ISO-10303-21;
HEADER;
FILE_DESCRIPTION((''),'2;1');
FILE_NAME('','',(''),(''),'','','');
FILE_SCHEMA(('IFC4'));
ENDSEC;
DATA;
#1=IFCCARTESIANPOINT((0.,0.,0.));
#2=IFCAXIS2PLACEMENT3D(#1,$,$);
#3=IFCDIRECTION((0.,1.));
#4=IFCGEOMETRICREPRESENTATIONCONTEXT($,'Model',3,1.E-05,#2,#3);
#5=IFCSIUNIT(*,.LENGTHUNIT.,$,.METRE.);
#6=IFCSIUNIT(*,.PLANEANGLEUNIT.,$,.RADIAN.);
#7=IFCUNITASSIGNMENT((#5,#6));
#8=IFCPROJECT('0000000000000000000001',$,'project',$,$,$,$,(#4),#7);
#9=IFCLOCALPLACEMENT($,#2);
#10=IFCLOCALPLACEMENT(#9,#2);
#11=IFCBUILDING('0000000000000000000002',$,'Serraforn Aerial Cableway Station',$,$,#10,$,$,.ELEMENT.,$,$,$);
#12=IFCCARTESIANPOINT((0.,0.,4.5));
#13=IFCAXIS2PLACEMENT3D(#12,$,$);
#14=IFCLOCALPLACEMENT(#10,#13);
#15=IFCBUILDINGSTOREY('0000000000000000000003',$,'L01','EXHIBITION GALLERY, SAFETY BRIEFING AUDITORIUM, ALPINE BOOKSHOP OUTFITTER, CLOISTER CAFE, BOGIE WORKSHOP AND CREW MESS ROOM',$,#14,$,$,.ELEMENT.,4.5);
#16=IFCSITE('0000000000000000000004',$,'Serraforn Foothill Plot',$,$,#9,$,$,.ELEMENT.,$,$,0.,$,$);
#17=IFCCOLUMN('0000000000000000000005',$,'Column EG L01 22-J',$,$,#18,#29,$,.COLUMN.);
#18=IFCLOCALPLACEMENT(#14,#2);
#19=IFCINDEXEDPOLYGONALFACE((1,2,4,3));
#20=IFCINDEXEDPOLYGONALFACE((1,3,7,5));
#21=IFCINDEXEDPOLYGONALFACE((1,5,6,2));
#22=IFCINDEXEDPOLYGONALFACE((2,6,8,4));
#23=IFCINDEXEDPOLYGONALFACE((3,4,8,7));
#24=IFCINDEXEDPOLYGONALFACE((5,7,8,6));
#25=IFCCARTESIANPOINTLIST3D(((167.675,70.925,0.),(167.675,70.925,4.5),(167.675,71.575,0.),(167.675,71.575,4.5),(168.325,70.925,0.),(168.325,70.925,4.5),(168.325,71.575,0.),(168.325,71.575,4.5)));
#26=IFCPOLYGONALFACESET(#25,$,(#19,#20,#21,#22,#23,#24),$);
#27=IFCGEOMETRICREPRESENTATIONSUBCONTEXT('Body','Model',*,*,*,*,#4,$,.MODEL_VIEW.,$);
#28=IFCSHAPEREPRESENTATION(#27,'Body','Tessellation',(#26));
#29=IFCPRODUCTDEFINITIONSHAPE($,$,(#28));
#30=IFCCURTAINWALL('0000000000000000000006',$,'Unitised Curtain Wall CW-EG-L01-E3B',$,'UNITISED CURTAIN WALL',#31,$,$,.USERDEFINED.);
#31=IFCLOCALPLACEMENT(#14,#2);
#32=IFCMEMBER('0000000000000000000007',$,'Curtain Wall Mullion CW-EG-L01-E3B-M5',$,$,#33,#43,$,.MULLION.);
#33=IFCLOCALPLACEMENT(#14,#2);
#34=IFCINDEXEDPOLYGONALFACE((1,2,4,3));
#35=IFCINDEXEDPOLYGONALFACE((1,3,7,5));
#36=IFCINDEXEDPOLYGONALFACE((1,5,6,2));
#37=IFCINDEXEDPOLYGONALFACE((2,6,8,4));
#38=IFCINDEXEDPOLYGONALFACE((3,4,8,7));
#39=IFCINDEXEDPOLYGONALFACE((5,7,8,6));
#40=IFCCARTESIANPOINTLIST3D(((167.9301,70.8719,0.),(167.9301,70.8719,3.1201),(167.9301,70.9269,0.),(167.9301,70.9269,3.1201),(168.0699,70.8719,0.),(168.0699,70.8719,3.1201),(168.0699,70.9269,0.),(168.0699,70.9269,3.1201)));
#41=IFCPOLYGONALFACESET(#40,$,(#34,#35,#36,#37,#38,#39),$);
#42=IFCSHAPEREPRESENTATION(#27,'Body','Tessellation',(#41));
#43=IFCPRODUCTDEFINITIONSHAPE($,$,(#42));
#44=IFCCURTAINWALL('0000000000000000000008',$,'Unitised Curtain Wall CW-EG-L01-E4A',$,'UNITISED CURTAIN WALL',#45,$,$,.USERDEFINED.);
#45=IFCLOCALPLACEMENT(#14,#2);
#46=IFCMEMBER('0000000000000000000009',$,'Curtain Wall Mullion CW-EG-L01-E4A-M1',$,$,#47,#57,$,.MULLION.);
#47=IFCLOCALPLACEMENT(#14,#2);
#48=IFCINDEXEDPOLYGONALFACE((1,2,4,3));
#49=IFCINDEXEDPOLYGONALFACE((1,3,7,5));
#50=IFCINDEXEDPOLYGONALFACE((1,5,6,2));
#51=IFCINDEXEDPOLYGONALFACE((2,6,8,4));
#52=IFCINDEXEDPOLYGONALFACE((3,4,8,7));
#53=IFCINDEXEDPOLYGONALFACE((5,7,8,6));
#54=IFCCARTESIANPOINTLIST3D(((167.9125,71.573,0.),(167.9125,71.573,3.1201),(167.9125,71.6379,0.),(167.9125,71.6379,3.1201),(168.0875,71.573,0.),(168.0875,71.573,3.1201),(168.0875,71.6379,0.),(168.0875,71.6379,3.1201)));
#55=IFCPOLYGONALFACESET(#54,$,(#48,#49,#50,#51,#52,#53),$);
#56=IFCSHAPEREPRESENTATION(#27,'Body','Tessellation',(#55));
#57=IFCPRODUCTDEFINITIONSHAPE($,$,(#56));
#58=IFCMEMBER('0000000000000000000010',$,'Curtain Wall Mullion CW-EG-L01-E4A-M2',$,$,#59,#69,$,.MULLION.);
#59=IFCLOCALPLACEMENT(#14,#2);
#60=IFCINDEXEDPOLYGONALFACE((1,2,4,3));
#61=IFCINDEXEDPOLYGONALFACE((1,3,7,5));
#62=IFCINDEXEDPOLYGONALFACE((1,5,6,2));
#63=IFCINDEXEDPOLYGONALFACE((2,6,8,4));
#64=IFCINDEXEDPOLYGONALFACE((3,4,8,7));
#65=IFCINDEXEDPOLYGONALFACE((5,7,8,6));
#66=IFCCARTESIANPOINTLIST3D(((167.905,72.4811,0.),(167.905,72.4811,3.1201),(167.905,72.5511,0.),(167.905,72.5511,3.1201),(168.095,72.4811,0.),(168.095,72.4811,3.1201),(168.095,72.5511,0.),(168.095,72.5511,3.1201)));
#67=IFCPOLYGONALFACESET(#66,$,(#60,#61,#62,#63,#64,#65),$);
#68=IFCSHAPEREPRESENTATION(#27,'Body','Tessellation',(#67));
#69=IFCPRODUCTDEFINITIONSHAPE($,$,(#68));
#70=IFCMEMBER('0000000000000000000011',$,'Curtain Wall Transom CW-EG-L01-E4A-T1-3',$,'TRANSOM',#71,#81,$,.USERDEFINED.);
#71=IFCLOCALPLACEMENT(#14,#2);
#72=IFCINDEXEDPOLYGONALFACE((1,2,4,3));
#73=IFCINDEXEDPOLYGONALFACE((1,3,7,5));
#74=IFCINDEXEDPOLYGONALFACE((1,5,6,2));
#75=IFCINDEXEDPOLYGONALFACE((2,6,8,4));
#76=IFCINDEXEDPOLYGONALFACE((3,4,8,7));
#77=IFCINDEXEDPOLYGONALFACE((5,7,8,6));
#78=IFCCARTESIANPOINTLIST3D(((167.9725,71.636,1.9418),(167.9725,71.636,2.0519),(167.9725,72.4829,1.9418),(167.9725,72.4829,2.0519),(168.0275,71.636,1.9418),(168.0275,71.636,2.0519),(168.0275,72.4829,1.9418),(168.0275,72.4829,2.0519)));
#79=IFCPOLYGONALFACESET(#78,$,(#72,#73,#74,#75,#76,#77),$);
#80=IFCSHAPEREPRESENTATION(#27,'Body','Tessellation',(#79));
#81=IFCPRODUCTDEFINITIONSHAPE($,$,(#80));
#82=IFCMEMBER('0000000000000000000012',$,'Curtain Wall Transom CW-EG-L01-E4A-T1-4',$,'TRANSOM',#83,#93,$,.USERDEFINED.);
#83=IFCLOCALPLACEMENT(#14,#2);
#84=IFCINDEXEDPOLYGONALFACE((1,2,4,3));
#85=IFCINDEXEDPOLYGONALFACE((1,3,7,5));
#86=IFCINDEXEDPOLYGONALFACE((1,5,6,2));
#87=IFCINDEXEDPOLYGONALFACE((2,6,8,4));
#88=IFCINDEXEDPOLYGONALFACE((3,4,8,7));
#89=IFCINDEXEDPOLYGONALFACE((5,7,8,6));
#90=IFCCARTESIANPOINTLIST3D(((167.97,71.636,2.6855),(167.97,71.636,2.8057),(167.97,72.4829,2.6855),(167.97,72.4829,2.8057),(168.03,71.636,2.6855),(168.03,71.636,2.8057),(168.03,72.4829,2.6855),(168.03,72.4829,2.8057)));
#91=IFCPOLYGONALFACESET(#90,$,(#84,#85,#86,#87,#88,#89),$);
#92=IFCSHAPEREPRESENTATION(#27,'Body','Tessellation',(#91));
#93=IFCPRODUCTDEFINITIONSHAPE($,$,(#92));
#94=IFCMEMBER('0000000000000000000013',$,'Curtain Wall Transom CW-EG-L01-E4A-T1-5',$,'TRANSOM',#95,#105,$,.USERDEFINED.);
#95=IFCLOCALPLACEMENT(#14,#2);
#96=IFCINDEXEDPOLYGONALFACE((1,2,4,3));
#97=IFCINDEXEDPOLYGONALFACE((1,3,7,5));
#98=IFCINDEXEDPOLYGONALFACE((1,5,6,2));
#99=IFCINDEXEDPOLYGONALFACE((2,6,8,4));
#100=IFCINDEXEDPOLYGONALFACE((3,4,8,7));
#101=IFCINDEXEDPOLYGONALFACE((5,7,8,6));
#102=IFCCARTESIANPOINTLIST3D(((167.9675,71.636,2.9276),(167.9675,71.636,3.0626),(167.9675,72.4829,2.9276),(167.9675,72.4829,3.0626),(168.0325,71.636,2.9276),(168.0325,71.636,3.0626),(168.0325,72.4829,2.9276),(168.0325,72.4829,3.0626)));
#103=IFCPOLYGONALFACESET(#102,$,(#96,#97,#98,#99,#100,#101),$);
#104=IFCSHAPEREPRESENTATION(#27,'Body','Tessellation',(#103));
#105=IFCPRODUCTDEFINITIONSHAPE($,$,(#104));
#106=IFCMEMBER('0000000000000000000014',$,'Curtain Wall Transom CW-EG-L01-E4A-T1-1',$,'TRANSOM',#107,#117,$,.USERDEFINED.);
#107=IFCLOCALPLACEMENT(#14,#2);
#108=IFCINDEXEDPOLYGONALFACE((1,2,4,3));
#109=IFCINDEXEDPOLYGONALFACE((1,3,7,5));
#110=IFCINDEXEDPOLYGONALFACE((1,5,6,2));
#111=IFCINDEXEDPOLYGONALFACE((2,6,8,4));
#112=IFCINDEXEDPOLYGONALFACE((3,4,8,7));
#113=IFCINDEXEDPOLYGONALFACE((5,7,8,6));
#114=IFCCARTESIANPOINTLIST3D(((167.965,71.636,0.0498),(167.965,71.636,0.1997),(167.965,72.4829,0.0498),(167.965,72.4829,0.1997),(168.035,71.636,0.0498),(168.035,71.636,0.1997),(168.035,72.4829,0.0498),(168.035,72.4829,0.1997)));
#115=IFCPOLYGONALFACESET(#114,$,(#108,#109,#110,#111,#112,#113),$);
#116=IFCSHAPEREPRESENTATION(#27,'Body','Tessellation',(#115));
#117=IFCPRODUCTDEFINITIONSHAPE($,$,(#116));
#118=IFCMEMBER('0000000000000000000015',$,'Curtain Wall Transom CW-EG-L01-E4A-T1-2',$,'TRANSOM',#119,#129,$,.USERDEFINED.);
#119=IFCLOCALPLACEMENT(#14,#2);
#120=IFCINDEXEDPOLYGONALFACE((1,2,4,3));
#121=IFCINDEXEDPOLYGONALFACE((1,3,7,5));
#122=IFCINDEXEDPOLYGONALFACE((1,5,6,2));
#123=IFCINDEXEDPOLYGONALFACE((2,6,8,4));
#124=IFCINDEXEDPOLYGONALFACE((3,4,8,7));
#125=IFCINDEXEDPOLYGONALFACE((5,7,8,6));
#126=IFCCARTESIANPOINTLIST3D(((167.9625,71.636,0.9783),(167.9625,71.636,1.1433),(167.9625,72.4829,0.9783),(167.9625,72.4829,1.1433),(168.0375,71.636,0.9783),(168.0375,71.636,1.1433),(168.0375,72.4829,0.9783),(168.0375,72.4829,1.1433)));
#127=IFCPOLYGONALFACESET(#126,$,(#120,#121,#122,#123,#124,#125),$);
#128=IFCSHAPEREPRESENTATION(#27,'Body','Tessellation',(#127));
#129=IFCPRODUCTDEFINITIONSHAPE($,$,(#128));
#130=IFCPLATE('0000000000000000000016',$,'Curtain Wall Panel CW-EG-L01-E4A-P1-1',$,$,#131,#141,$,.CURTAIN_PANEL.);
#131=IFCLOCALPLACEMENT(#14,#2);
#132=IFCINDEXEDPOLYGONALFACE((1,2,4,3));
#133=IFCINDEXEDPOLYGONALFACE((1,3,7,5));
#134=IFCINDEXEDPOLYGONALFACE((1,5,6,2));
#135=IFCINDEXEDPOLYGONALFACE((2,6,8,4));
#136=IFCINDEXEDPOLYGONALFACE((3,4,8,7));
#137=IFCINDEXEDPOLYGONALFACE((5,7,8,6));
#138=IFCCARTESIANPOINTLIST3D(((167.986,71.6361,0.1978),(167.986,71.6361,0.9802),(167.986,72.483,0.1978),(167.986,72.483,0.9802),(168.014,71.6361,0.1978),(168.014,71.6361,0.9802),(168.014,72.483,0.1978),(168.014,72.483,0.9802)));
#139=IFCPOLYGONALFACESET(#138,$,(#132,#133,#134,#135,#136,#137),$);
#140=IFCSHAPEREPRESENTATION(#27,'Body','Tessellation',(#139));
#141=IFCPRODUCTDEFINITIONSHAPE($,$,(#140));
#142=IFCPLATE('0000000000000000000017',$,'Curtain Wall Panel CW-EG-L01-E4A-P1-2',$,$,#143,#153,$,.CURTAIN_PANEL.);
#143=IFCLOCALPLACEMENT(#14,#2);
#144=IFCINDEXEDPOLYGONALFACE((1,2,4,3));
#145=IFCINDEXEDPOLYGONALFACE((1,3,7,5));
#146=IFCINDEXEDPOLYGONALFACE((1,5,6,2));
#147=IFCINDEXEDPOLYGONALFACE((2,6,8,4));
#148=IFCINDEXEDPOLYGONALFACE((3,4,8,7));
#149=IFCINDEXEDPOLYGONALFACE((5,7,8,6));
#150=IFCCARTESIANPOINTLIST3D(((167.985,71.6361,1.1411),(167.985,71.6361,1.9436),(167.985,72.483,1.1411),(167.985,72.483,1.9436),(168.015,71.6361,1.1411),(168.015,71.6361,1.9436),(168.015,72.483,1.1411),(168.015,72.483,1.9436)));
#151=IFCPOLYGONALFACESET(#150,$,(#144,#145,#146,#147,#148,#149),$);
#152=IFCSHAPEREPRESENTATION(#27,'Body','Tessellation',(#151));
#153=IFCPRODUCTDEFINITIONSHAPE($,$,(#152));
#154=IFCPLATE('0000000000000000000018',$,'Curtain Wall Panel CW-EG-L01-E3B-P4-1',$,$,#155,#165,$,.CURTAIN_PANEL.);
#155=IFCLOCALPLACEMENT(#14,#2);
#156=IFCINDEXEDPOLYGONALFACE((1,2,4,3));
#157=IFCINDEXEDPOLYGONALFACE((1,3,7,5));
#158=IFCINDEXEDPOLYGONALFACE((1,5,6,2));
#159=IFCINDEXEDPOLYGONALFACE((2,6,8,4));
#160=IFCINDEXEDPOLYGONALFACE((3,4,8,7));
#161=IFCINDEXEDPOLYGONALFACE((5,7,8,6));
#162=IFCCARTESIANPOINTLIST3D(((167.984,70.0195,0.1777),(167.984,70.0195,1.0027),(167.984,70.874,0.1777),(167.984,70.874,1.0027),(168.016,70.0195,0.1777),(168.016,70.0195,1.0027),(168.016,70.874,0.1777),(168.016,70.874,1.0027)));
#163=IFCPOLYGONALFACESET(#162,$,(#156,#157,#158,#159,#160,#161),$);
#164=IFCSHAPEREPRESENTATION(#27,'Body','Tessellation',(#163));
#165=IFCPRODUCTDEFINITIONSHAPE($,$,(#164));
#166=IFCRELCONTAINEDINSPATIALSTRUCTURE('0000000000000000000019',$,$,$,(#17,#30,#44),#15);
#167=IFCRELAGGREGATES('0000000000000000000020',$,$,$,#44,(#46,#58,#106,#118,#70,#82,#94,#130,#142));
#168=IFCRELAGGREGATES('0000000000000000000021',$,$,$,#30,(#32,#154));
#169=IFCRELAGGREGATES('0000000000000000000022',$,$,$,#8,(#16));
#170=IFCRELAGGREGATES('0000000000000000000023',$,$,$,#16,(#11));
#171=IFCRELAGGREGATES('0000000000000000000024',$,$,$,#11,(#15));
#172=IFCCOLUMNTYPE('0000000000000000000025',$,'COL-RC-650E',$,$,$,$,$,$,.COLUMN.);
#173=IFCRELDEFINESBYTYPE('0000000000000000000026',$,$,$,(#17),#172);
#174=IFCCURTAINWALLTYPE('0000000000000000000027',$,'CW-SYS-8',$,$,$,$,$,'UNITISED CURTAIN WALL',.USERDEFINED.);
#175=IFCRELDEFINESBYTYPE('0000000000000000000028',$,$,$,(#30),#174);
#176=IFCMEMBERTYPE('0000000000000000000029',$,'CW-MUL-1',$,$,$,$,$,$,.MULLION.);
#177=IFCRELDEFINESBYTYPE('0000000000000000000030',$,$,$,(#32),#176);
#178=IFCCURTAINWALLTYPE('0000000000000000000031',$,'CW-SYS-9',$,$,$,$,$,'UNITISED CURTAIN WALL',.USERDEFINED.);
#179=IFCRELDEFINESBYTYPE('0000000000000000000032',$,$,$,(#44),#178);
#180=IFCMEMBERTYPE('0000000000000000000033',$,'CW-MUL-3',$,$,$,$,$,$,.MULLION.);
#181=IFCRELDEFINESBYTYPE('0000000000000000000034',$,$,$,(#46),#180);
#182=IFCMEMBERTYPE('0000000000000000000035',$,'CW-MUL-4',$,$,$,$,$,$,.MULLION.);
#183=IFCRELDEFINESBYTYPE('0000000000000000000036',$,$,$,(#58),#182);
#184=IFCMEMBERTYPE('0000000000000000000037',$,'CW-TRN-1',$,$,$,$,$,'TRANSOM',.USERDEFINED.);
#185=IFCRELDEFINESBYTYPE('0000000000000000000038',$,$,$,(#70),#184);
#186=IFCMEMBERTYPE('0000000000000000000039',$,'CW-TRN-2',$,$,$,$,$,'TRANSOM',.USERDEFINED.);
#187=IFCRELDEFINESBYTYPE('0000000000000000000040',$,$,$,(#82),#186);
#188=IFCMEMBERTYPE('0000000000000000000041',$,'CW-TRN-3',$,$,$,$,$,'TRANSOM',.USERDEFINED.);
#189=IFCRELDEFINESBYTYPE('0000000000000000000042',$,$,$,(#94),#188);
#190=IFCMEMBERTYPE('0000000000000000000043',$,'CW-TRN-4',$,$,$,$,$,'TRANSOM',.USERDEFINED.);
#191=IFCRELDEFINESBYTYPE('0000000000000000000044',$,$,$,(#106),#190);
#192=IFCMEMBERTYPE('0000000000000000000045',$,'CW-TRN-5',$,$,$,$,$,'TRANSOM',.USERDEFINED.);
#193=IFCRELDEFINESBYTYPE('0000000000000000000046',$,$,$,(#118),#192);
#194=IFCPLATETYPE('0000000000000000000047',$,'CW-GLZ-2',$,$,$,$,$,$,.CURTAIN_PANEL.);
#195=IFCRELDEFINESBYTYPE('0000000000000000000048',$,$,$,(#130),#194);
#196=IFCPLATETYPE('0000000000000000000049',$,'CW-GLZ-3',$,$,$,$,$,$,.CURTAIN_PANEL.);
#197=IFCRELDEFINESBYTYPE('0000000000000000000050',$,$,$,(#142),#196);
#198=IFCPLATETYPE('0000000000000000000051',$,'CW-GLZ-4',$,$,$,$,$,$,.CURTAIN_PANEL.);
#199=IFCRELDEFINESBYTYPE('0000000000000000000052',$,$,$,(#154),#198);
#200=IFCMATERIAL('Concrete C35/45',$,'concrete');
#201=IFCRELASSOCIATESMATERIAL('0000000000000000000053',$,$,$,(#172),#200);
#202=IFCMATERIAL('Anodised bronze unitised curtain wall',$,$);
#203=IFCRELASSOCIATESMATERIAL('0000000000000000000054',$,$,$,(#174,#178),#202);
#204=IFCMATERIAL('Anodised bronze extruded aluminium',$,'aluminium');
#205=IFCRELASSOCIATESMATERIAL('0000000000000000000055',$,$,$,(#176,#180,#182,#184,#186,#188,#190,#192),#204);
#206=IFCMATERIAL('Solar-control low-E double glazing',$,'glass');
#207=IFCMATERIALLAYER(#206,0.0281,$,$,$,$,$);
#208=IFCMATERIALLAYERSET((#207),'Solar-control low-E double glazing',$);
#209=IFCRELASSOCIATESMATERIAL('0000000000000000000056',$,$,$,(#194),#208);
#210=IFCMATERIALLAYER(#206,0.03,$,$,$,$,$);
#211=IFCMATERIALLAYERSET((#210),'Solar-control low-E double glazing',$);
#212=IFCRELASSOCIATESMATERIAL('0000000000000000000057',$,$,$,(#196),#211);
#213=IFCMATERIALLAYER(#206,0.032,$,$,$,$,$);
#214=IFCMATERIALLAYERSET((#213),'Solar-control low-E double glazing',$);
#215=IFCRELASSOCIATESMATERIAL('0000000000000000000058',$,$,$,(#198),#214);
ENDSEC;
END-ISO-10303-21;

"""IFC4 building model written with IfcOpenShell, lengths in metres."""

from ifc_helpers import new_model, si_unit, direction, frame, origin, origin_2d, place, context, subcontext, project, spatial, rectangle, extrude, material, layer, layer_set, material_profile, profile_set, type_object, element, aggregate, save


model = new_model("IFC4")

# Units and contexts
model_context = context("Model", 3, precision=1e-05, world=origin(), true_north=direction((0.0, 1.0)))
body_context = subcontext(model_context, "Body", "Model", "MODEL_VIEW")
ifc_project = project(units=[si_unit("LENGTHUNIT", "METRE"), si_unit("PLANEANGLEUNIT", "RADIAN")], contexts=[model_context])

# Site, building, storey
site_placement = place(None, origin())
site = spatial("IfcSite", under=ifc_project, at=site_placement, Name="Serraforn Foothill Plot", CompositionType="ELEMENT", RefElevation=0.0)
building_placement = place(site_placement, origin())
building = spatial("IfcBuilding", under=site, at=building_placement, Name="Serraforn Aerial Cableway Station", CompositionType="ELEMENT")
storey_placement = place(building_placement, frame((0.0, 0.0, 4.5)))
storey = spatial("IfcBuildingStorey", under=building, at=storey_placement, Name="L01", Description="EXHIBITION GALLERY, SAFETY BRIEFING AUDITORIUM, ALPINE BOOKSHOP OUTFITTER, CLOISTER CAFE, BOGIE WORKSHOP AND CREW MESS ROOM", CompositionType="ELEMENT", Elevation=4.5)

# Shared definitions
ifc_material_1 = material(Name="Concrete C35/45", Category="concrete")

# Column
ifc_material_profile_1 = material_profile(ifc_material_1, rectangle(XDim=0.6499, YDim=0.6499, at=origin_2d()), Name="RC 650x650")
ifc_profile_set_1 = profile_set([ifc_material_profile_1], Name="Concrete C35/45")
column_type_1 = type_object("IfcColumnType", Name="COL-RC-650E", PredefinedType="COLUMN", material=ifc_profile_set_1)
column_placement = place(storey_placement, frame((168.0, 71.25, 0.0), z_axis=(0.0, 0.0, 1.0), x_axis=(1.0, 0.0, 0.0)))
element("IfcColumn", 1, at=column_placement, inside=storey, type_object=column_type_1, Name="Column EG L01 22-J", PredefinedType="COLUMN", context=body_context, shape_type="SweptSolid", body=[
    extrude(rectangle(XDim=0.6499, YDim=0.6499, at=origin_2d()), origin(), (0.0, 0.0, 1.0), 4.5),
])

# Curtain wall, member
ifc_material_2 = material(Name="Anodised bronze unitised curtain wall")
curtain_wall_type_1 = type_object("IfcCurtainWallType", Name="CW-SYS-8", ElementType="UNITISED CURTAIN WALL", PredefinedType="USERDEFINED", material=ifc_material_2)
curtain_wall_1_placement = place(storey_placement, origin())
curtain_wall_1 = element("IfcCurtainWall", 2, at=curtain_wall_1_placement, inside=storey, type_object=curtain_wall_type_1, Name="Unitised Curtain Wall CW-EG-L01-E3B", ObjectType="UNITISED CURTAIN WALL", PredefinedType="USERDEFINED")
ifc_material_3 = material(Name="Anodised bronze extruded aluminium", Category="aluminium")
ifc_material_profile_2 = material_profile(ifc_material_3, rectangle(XDim=0.0549, YDim=0.1399, at=origin_2d()), Name="CW MULLION 55x140")
ifc_profile_set_2 = profile_set([ifc_material_profile_2], Name="Anodised bronze extruded aluminium")
member_type_1 = type_object("IfcMemberType", Name="CW-MUL-1", PredefinedType="MULLION", material=ifc_profile_set_2)
member_1_placement = place(storey_placement, frame((168.0, 70.8994, 0.0), z_axis=(0.0, 0.0, 1.0), x_axis=(0.0, 1.0, 0.0)))
member_1 = element("IfcMember", 3, at=member_1_placement, type_object=member_type_1, Name="Curtain Wall Mullion CW-EG-L01-E3B-M5", PredefinedType="MULLION", context=body_context, shape_type="SweptSolid", body=[
    extrude(rectangle(XDim=0.0549, YDim=0.1399, at=origin_2d()), origin(), (0.0, 0.0, 1.0), 3.1201),
])

# Curtain wall, members, plates
curtain_wall_type_2 = type_object("IfcCurtainWallType", Name="CW-SYS-9", ElementType="UNITISED CURTAIN WALL", PredefinedType="USERDEFINED", material=ifc_material_2)
curtain_wall_2_placement = place(storey_placement, origin())
curtain_wall_2 = element("IfcCurtainWall", 4, at=curtain_wall_2_placement, inside=storey, type_object=curtain_wall_type_2, Name="Unitised Curtain Wall CW-EG-L01-E4A", ObjectType="UNITISED CURTAIN WALL", PredefinedType="USERDEFINED")
ifc_material_profile_3 = material_profile(ifc_material_3, rectangle(XDim=0.0649, YDim=0.175, at=origin_2d()), Name="CW MULLION 65x175")
ifc_profile_set_3 = profile_set([ifc_material_profile_3], Name="Anodised bronze extruded aluminium")
member_type_2 = type_object("IfcMemberType", Name="CW-MUL-3", PredefinedType="MULLION", material=ifc_profile_set_3)
member_2_placement = place(storey_placement, frame((168.0, 71.6055, 0.0), z_axis=(0.0, 0.0, 1.0), x_axis=(0.0, 1.0, 0.0)))
member_2 = element("IfcMember", 5, at=member_2_placement, type_object=member_type_2, Name="Curtain Wall Mullion CW-EG-L01-E4A-M1", PredefinedType="MULLION", context=body_context, shape_type="SweptSolid", body=[
    extrude(rectangle(XDim=0.0649, YDim=0.175, at=origin_2d()), origin(), (0.0, 0.0, 1.0), 3.1201),
])
ifc_material_profile_4 = material_profile(ifc_material_3, rectangle(XDim=0.0701, YDim=0.1899, at=origin_2d()), Name="CW MULLION 70x190")
ifc_profile_set_4 = profile_set([ifc_material_profile_4], Name="Anodised bronze extruded aluminium")
member_type_3 = type_object("IfcMemberType", Name="CW-MUL-4", PredefinedType="MULLION", material=ifc_profile_set_4)
member_3_placement = place(storey_placement, frame((168.0, 72.5161, 0.0), z_axis=(0.0, 0.0, 1.0), x_axis=(0.0, 1.0, 0.0)))
member_3 = element("IfcMember", 6, at=member_3_placement, type_object=member_type_3, Name="Curtain Wall Mullion CW-EG-L01-E4A-M2", PredefinedType="MULLION", context=body_context, shape_type="SweptSolid", body=[
    extrude(rectangle(XDim=0.0701, YDim=0.1899, at=origin_2d()), origin(), (0.0, 0.0, 1.0), 3.1201),
])
ifc_material_profile_5 = material_profile(ifc_material_3, rectangle(XDim=0.0549, YDim=0.1101, at=origin_2d()), Name="CW TRANSOM 55x110")
ifc_profile_set_5 = profile_set([ifc_material_profile_5], Name="Anodised bronze extruded aluminium")
member_type_4 = type_object("IfcMemberType", Name="CW-TRN-1", ElementType="TRANSOM", PredefinedType="USERDEFINED", material=ifc_profile_set_5)
member_4_placement = place(storey_placement, frame((168.0, 71.636, 1.9968), z_axis=(0.0, 1.0, 0.0), x_axis=(-1.0, 0.0, 0.0)))
member_4 = element("IfcMember", 7, at=member_4_placement, type_object=member_type_4, Name="Curtain Wall Transom CW-EG-L01-E4A-T1-3", ObjectType="TRANSOM", PredefinedType="USERDEFINED", context=body_context, shape_type="SweptSolid", body=[
    extrude(rectangle(XDim=0.0549, YDim=0.1101, at=origin_2d()), origin(), (0.0, 0.0, 1.0), 0.8469),
])
ifc_material_profile_6 = material_profile(ifc_material_3, rectangle(XDim=0.0601, YDim=0.1201, at=origin_2d()), Name="CW TRANSOM 60x120")
ifc_profile_set_6 = profile_set([ifc_material_profile_6], Name="Anodised bronze extruded aluminium")
member_type_5 = type_object("IfcMemberType", Name="CW-TRN-2", ElementType="TRANSOM", PredefinedType="USERDEFINED", material=ifc_profile_set_6)
member_5_placement = place(storey_placement, frame((168.0, 71.636, 2.7456), z_axis=(0.0, 1.0, 0.0), x_axis=(-1.0, 0.0, 0.0)))
member_5 = element("IfcMember", 8, at=member_5_placement, type_object=member_type_5, Name="Curtain Wall Transom CW-EG-L01-E4A-T1-4", ObjectType="TRANSOM", PredefinedType="USERDEFINED", context=body_context, shape_type="SweptSolid", body=[
    extrude(rectangle(XDim=0.0601, YDim=0.1201, at=origin_2d()), origin(), (0.0, 0.0, 1.0), 0.8469),
])
ifc_material_profile_7 = material_profile(ifc_material_3, rectangle(XDim=0.0649, YDim=0.135, at=origin_2d()), Name="CW TRANSOM 65x135")
ifc_profile_set_7 = profile_set([ifc_material_profile_7], Name="Anodised bronze extruded aluminium")
member_type_6 = type_object("IfcMemberType", Name="CW-TRN-3", ElementType="TRANSOM", PredefinedType="USERDEFINED", material=ifc_profile_set_7)
member_6_placement = place(storey_placement, frame((168.0, 71.636, 2.9951), z_axis=(0.0, 1.0, 0.0), x_axis=(-1.0, 0.0, 0.0)))
member_6 = element("IfcMember", 9, at=member_6_placement, type_object=member_type_6, Name="Curtain Wall Transom CW-EG-L01-E4A-T1-5", ObjectType="TRANSOM", PredefinedType="USERDEFINED", context=body_context, shape_type="SweptSolid", body=[
    extrude(rectangle(XDim=0.0649, YDim=0.135, at=origin_2d()), origin(), (0.0, 0.0, 1.0), 0.8469),
])
ifc_material_profile_8 = material_profile(ifc_material_3, rectangle(XDim=0.0701, YDim=0.1499, at=origin_2d()), Name="CW TRANSOM 70x150")
ifc_profile_set_8 = profile_set([ifc_material_profile_8], Name="Anodised bronze extruded aluminium")
member_type_7 = type_object("IfcMemberType", Name="CW-TRN-4", ElementType="TRANSOM", PredefinedType="USERDEFINED", material=ifc_profile_set_8)
member_7_placement = place(storey_placement, frame((168.0, 71.636, 0.1248), z_axis=(0.0, 1.0, 0.0), x_axis=(-1.0, 0.0, 0.0)))
member_7 = element("IfcMember", 10, at=member_7_placement, type_object=member_type_7, Name="Curtain Wall Transom CW-EG-L01-E4A-T1-1", ObjectType="TRANSOM", PredefinedType="USERDEFINED", context=body_context, shape_type="SweptSolid", body=[
    extrude(rectangle(XDim=0.0701, YDim=0.1499, at=origin_2d()), origin(), (0.0, 0.0, 1.0), 0.8469),
])
ifc_material_profile_9 = material_profile(ifc_material_3, rectangle(XDim=0.075, YDim=0.165, at=origin_2d()), Name="CW TRANSOM 75x165")
ifc_profile_set_9 = profile_set([ifc_material_profile_9], Name="Anodised bronze extruded aluminium")
member_type_8 = type_object("IfcMemberType", Name="CW-TRN-5", ElementType="TRANSOM", PredefinedType="USERDEFINED", material=ifc_profile_set_9)
member_8_placement = place(storey_placement, frame((168.0, 71.636, 1.0608), z_axis=(0.0, 1.0, 0.0), x_axis=(-1.0, 0.0, 0.0)))
member_8 = element("IfcMember", 11, at=member_8_placement, type_object=member_type_8, Name="Curtain Wall Transom CW-EG-L01-E4A-T1-2", ObjectType="TRANSOM", PredefinedType="USERDEFINED", context=body_context, shape_type="SweptSolid", body=[
    extrude(rectangle(XDim=0.075, YDim=0.165, at=origin_2d()), origin(), (0.0, 0.0, 1.0), 0.8469),
])
ifc_material_4 = material(Name="Solar-control low-E double glazing", Category="glass")
ifc_layer_1 = layer(ifc_material_4, 0.0281)
ifc_layer_set_1 = layer_set([ifc_layer_1], Name="Solar-control low-E double glazing")
plate_type_1 = type_object("IfcPlateType", Name="CW-GLZ-2", PredefinedType="CURTAIN_PANEL", material=ifc_layer_set_1)
plate_1_placement = place(storey_placement, frame((168.0, 72.0596, 0.1978), z_axis=(0.0, 0.0, 1.0), x_axis=(1.0, 0.0, 0.0)))
plate_1 = element("IfcPlate", 12, at=plate_1_placement, type_object=plate_type_1, Name="Curtain Wall Panel CW-EG-L01-E4A-P1-1", PredefinedType="CURTAIN_PANEL", context=body_context, shape_type="SweptSolid", body=[
    extrude(rectangle(XDim=0.0281, YDim=0.8469, at=origin_2d()), origin(), (0.0, 0.0, 1.0), 0.7825),
])
ifc_layer_2 = layer(ifc_material_4, 0.03)
ifc_layer_set_2 = layer_set([ifc_layer_2], Name="Solar-control low-E double glazing")
plate_type_2 = type_object("IfcPlateType", Name="CW-GLZ-3", PredefinedType="CURTAIN_PANEL", material=ifc_layer_set_2)
plate_2_placement = place(storey_placement, frame((168.0, 72.0596, 1.1411), z_axis=(0.0, 0.0, 1.0), x_axis=(1.0, 0.0, 0.0)))
plate_2 = element("IfcPlate", 13, at=plate_2_placement, type_object=plate_type_2, Name="Curtain Wall Panel CW-EG-L01-E4A-P1-2", PredefinedType="CURTAIN_PANEL", context=body_context, shape_type="SweptSolid", body=[
    extrude(rectangle(XDim=0.03, YDim=0.8469, at=origin_2d()), origin(), (0.0, 0.0, 1.0), 0.8025),
])

# Plate
ifc_layer_3 = layer(ifc_material_4, 0.032)
ifc_layer_set_3 = layer_set([ifc_layer_3], Name="Solar-control low-E double glazing")
plate_type_3 = type_object("IfcPlateType", Name="CW-GLZ-4", PredefinedType="CURTAIN_PANEL", material=ifc_layer_set_3)
plate_3_placement = place(storey_placement, frame((168.0, 70.4468, 0.1777), z_axis=(0.0, 0.0, 1.0), x_axis=(1.0, 0.0, 0.0)))
plate_3 = element("IfcPlate", 14, at=plate_3_placement, type_object=plate_type_3, Name="Curtain Wall Panel CW-EG-L01-E3B-P4-1", PredefinedType="CURTAIN_PANEL", context=body_context, shape_type="SweptSolid", body=[
    extrude(rectangle(XDim=0.032, YDim=0.8545, at=origin_2d()), origin(), (0.0, 0.0, 1.0), 0.825),
])
aggregate(curtain_wall_2, [member_2, member_3, member_7, member_8, member_4, member_5, member_6, plate_1, plate_2])
aggregate(curtain_wall_1, [member_1, plate_3])

save(model, "model.ifc")
